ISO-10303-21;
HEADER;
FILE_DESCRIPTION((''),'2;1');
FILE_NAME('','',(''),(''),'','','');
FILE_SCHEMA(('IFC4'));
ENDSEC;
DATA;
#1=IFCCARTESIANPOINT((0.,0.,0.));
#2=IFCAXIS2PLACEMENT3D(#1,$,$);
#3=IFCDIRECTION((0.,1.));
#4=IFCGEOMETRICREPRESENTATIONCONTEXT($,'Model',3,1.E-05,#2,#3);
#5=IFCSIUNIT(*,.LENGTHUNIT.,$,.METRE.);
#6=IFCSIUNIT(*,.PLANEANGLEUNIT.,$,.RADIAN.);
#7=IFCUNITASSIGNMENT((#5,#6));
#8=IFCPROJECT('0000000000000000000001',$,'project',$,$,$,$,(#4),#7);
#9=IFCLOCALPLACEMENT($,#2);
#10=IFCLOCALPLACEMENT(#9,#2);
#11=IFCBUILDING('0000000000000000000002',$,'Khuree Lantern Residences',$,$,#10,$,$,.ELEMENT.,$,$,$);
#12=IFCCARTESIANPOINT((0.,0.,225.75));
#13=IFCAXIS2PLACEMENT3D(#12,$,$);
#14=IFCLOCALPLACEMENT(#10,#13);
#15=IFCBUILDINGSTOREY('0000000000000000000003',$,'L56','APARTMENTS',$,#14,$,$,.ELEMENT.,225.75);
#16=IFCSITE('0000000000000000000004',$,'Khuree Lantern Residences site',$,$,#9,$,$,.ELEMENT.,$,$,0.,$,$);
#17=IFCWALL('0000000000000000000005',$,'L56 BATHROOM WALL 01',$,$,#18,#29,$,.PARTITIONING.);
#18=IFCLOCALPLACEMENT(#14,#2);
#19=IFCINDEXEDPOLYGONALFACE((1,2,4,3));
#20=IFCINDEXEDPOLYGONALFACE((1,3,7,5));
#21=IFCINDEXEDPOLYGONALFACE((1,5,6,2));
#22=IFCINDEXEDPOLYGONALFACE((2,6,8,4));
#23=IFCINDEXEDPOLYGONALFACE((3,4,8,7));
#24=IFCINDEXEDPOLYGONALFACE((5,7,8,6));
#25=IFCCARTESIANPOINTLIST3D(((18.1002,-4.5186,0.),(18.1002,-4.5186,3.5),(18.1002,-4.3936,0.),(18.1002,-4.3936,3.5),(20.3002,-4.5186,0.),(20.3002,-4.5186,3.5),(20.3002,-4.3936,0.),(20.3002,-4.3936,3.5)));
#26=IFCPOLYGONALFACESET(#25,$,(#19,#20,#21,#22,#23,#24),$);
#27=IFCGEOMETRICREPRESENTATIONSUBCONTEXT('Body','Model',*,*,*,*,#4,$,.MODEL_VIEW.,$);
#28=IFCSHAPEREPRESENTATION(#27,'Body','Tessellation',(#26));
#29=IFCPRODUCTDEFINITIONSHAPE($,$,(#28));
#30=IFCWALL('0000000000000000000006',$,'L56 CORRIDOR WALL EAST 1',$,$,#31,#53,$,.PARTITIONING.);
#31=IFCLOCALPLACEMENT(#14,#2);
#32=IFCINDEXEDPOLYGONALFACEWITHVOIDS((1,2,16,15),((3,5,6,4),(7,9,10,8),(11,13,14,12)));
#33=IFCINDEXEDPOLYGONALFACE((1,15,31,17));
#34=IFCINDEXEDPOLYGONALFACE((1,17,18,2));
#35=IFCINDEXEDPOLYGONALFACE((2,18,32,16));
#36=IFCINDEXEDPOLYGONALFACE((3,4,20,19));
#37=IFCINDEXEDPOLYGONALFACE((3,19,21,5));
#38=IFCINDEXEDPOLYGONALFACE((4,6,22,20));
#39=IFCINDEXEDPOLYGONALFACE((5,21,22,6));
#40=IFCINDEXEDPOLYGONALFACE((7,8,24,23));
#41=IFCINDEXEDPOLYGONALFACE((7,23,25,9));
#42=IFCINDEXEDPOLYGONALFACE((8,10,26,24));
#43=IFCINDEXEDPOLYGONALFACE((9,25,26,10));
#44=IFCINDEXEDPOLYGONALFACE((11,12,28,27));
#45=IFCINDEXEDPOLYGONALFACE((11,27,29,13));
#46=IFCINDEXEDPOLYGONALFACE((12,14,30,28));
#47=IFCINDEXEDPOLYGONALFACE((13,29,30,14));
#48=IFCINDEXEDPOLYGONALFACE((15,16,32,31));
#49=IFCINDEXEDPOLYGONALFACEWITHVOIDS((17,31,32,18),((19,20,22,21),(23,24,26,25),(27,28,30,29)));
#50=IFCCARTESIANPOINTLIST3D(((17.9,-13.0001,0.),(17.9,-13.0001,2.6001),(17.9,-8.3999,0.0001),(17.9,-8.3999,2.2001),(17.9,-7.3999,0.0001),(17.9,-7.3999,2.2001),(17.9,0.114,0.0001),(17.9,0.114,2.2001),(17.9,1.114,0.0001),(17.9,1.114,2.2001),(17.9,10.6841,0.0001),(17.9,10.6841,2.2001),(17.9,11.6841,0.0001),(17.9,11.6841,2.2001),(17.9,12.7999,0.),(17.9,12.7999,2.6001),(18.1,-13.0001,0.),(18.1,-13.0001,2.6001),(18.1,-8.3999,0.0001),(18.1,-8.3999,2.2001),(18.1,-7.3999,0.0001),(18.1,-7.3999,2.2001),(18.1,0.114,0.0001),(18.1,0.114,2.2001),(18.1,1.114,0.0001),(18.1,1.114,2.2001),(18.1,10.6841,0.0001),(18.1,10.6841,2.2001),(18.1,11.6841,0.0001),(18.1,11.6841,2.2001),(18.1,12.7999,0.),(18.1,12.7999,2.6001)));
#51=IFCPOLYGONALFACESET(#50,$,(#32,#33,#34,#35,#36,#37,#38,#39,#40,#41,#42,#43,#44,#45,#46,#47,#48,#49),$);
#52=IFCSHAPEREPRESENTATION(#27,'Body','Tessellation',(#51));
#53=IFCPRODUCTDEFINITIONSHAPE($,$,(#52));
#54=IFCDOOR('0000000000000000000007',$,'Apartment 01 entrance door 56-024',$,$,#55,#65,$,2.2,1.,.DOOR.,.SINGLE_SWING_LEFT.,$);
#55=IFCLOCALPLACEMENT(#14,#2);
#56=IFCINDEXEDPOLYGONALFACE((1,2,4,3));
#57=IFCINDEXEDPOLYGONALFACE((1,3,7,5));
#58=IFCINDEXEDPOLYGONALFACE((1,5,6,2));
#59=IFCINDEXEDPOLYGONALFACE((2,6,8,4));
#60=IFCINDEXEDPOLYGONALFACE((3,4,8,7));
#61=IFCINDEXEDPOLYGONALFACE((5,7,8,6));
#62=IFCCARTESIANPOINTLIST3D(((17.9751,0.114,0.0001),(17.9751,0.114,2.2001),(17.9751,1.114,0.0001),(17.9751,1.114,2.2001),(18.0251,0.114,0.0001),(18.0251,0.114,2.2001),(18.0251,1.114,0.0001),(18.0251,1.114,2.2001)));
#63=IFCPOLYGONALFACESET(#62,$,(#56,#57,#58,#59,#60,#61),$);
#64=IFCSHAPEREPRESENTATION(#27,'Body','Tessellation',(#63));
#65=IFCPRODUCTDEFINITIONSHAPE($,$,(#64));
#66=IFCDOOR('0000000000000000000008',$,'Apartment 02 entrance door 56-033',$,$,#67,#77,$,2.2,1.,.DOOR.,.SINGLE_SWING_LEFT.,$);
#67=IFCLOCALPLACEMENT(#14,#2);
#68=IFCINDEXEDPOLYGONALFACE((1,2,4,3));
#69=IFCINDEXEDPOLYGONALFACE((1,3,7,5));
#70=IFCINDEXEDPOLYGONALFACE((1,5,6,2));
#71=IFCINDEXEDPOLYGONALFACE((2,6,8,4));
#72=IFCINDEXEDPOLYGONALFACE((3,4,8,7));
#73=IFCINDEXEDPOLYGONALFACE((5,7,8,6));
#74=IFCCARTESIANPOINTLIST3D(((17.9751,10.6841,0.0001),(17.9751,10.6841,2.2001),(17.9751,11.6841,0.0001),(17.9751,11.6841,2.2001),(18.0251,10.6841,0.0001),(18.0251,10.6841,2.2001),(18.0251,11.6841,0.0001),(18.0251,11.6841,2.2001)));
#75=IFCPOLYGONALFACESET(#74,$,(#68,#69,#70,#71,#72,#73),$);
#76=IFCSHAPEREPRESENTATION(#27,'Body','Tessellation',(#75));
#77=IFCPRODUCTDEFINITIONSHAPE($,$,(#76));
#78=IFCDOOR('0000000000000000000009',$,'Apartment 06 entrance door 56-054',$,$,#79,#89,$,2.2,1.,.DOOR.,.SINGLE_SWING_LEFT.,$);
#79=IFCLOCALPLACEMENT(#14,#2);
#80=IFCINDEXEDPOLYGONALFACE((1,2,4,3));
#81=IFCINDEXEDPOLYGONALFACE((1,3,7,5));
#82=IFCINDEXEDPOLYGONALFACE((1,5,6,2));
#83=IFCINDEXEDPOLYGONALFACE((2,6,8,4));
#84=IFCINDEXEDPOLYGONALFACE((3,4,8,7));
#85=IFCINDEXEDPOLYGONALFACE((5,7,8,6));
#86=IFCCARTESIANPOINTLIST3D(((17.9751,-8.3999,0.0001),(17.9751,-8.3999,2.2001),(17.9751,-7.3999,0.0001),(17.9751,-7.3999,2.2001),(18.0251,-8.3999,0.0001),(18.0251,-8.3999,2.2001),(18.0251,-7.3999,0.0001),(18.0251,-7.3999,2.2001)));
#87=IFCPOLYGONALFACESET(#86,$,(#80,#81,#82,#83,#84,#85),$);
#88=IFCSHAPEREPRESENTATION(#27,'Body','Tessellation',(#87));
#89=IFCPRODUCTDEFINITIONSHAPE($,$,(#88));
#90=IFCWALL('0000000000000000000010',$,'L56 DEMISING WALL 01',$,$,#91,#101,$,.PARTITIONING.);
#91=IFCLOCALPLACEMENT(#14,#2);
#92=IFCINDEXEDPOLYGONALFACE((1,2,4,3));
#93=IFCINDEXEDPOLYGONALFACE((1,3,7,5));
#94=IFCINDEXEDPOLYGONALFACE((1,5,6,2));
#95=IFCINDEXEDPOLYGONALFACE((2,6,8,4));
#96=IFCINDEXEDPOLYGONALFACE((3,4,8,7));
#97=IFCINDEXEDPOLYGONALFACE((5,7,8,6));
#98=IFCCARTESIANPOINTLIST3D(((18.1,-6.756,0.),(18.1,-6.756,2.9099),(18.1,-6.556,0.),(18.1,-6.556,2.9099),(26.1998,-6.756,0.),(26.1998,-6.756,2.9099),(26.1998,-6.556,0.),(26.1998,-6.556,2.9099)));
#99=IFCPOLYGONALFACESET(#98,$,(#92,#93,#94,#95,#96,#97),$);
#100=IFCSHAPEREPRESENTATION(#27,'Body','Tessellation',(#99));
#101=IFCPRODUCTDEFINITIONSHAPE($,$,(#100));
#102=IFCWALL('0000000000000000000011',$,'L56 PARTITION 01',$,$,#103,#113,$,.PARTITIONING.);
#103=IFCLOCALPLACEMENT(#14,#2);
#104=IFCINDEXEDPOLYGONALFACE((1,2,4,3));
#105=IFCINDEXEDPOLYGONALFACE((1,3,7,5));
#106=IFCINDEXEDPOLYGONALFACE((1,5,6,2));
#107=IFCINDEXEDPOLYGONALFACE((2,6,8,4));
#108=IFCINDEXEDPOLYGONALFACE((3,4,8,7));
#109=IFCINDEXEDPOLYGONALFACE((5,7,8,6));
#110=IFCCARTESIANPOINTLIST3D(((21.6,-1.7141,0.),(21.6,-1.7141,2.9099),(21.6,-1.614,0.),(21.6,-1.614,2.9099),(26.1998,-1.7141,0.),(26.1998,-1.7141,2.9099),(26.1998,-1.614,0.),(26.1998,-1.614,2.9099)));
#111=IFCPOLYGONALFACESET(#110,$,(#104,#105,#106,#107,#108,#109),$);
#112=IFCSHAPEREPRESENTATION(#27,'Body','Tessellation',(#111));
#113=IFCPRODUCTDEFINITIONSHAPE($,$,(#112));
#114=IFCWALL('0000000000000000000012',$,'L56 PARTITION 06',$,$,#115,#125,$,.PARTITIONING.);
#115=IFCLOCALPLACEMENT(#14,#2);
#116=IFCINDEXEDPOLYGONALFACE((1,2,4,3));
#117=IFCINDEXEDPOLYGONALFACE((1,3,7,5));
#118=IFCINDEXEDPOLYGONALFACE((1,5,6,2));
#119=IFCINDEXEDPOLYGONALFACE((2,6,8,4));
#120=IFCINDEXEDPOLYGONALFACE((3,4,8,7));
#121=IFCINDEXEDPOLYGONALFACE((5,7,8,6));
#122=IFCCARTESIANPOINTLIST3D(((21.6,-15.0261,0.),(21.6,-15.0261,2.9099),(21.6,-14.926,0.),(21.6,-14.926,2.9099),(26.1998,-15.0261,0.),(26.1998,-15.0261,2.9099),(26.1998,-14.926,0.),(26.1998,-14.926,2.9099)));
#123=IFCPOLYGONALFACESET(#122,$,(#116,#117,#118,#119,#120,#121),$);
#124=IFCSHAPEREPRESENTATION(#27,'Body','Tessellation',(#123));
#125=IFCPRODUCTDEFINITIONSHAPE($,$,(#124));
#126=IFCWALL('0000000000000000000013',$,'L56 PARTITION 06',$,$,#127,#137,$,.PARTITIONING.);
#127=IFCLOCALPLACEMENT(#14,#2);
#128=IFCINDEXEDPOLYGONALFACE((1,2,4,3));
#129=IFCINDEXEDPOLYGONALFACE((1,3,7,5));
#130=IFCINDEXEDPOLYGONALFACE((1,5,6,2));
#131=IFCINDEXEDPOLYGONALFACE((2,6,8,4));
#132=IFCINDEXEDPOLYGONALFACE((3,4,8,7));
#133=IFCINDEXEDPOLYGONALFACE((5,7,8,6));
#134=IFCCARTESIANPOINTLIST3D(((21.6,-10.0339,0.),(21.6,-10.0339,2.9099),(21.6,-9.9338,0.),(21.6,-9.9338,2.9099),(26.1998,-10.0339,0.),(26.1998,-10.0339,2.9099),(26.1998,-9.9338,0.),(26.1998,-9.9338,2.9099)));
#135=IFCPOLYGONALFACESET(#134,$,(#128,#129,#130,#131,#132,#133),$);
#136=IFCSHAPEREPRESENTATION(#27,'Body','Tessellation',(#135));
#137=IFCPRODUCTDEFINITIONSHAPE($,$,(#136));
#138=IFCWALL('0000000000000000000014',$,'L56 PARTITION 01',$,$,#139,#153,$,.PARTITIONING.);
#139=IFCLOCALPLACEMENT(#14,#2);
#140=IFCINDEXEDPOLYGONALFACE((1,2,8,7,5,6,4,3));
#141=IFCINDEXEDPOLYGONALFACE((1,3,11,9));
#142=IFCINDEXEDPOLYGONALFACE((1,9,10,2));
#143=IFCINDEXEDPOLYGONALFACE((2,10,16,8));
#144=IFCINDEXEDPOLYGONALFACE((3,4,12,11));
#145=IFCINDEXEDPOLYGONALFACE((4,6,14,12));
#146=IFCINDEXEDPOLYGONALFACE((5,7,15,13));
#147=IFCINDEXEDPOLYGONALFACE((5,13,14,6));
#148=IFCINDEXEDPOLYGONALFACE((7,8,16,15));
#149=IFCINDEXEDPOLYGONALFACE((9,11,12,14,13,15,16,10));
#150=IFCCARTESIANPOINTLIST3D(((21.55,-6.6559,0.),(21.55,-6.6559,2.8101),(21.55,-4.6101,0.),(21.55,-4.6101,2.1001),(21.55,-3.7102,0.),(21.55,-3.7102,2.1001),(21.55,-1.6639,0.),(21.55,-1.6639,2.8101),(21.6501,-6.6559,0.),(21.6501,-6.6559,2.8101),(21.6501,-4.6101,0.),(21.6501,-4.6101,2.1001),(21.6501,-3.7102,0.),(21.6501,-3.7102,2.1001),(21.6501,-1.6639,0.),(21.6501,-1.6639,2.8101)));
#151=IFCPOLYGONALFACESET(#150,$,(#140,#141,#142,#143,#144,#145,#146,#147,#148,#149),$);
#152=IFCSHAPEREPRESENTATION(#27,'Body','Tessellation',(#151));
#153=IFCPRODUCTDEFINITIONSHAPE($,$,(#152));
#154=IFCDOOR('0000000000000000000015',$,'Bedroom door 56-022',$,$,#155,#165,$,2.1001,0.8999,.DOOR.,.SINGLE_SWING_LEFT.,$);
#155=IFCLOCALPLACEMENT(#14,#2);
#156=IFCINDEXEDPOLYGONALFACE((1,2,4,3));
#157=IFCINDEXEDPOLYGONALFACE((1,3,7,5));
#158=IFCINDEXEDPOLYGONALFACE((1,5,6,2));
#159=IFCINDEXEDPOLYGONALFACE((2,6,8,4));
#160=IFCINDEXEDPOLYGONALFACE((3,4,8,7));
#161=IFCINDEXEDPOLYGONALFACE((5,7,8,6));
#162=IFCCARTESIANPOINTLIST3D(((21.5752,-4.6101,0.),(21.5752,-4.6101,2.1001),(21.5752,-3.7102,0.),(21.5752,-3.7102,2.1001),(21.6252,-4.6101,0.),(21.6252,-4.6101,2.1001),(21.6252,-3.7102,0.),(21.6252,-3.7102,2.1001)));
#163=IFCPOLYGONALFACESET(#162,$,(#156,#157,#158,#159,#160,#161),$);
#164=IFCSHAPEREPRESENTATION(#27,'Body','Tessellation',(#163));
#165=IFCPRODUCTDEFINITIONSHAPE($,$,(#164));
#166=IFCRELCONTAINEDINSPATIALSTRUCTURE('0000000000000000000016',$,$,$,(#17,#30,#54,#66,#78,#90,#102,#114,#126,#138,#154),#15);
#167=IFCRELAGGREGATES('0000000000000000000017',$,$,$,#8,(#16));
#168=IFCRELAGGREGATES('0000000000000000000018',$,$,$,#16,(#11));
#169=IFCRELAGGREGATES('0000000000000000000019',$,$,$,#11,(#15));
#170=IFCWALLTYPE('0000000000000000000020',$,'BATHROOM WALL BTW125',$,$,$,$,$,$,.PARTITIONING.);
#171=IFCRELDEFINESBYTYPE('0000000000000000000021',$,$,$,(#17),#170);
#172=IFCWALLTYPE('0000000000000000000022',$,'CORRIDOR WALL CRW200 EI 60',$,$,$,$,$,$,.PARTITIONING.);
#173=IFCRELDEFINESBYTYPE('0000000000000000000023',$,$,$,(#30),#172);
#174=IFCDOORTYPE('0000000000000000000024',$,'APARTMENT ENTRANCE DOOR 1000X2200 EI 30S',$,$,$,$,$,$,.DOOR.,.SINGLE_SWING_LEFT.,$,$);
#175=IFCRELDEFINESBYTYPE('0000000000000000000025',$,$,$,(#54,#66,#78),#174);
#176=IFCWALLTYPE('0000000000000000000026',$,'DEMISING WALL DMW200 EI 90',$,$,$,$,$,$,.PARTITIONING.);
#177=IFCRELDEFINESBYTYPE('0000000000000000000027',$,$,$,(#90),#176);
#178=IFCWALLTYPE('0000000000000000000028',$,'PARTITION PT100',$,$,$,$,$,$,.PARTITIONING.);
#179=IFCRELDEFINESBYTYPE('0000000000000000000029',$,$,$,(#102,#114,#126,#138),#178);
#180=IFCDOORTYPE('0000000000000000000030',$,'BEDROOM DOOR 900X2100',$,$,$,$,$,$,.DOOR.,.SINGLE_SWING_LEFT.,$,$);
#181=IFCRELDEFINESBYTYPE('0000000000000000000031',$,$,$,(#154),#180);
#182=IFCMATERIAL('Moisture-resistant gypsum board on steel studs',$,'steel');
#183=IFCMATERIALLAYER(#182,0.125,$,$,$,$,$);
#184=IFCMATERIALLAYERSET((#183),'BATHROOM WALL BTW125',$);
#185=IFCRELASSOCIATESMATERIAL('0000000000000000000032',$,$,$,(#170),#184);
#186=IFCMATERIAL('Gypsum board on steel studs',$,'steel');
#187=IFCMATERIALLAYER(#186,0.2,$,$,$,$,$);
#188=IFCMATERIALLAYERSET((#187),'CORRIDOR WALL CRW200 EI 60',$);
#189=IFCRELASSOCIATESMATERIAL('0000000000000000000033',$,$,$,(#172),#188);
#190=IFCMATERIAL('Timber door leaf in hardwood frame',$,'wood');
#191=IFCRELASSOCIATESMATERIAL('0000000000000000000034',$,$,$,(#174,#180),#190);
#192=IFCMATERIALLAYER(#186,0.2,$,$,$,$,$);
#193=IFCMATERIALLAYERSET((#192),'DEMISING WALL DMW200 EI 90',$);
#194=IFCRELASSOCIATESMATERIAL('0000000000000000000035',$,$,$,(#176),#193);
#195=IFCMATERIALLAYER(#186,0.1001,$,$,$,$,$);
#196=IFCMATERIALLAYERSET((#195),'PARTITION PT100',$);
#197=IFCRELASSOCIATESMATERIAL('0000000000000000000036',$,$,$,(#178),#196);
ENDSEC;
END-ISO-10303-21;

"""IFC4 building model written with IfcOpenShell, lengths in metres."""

from ifc_helpers import new_model, si_unit, direction, frame, frame_2d, origin, place, context, subcontext, project, spatial, rectangle, extrude, material, layer, layer_set, type_object, element, fill, save


model = new_model("IFC4")

# Units and contexts
model_context = context("Model", 3, precision=1e-05, world=origin(), true_north=direction((0.0, 1.0)))
body_context = subcontext(model_context, "Body", "Model", "MODEL_VIEW")
ifc_project = project(units=[si_unit("LENGTHUNIT", "METRE"), si_unit("PLANEANGLEUNIT", "RADIAN")], contexts=[model_context])

# Site, building, storey
site_placement = place(None, origin())
site = spatial("IfcSite", under=ifc_project, at=site_placement, Name="Khuree Lantern Residences site", CompositionType="ELEMENT", RefElevation=0.0)
building_placement = place(site_placement, origin())
building = spatial("IfcBuilding", under=site, at=building_placement, Name="Khuree Lantern Residences", CompositionType="ELEMENT")
storey_placement = place(building_placement, frame((0.0, 0.0, 225.75)))
storey = spatial("IfcBuildingStorey", under=building, at=storey_placement, Name="L56", Description="APARTMENTS", CompositionType="ELEMENT", Elevation=225.75)

# Shared definitions
ifc_material_1 = material(Name="Moisture-resistant gypsum board on steel studs", Category="steel")
ifc_layer_1 = layer(ifc_material_1, 0.125)
ifc_layer_set_1 = layer_set([ifc_layer_1], Name="BATHROOM WALL BTW125")
wall_type_1 = type_object("IfcWallType", Name="BATHROOM WALL BTW125", PredefinedType="PARTITIONING", material=ifc_layer_set_1)
ifc_material_2 = material(Name="Timber door leaf in hardwood frame", Category="wood")

# Wall
wall_1_placement = place(storey_placement, frame((18.1001, -4.4561, 0.0), z_axis=(0.0, 0.0, 1.0), x_axis=(1.0, 0.0, 0.0)))
element("IfcWall", 1, at=wall_1_placement, inside=storey, type_object=wall_type_1, Name="L56 BATHROOM WALL 01", PredefinedType="PARTITIONING", context=body_context, shape_type="SweptSolid", body=[
    extrude(rectangle(XDim=2.2, YDim=0.125, at=frame_2d((1.1001, 0.0))), origin(), (0.0, 0.0, 1.0), 3.5),
])

# Wall, openings, doors
ifc_material_3 = material(Name="Gypsum board on steel studs", Category="steel")
ifc_layer_2 = layer(ifc_material_3, 0.2)
ifc_layer_set_2 = layer_set([ifc_layer_2], Name="CORRIDOR WALL CRW200 EI 60")
wall_type_2 = type_object("IfcWallType", Name="CORRIDOR WALL CRW200 EI 60", PredefinedType="PARTITIONING", material=ifc_layer_set_2)
wall_2_placement = place(storey_placement, frame((18.0, -13.0, 0.0), z_axis=(0.0, 0.0, 1.0), x_axis=(0.0, 1.0, 0.0)))
wall_2 = element("IfcWall", 2, at=wall_2_placement, inside=storey, type_object=wall_type_2, Name="L56 CORRIDOR WALL EAST 1", PredefinedType="PARTITIONING", context=body_context, shape_type="SweptSolid", body=[
    extrude(rectangle(XDim=25.8, YDim=0.2, at=frame_2d((12.8999, 0.0))), origin(), (0.0, 0.0, 1.0), 2.6001),
])
opening_1_placement = place(wall_2_placement, frame((13.114, 0.0, 0.0)))
opening_1 = element("IfcOpeningElement", 3, at=opening_1_placement, cuts=wall_2, PredefinedType="OPENING", context=body_context, shape_type="SweptSolid", body=[
    extrude(rectangle(XDim=1.0, YDim=2.2, at=frame_2d((0.5, 1.1001))), frame((0.0, 0.1099, 0.0), z_axis=(0.0, -1.0, 0.0), x_axis=(1.0, 0.0, 0.0)), (0.0, 0.0, 1.0), 0.22),
])
opening_2_placement = place(wall_2_placement, frame((23.6841, 0.0, 0.0)))
opening_2 = element("IfcOpeningElement", 4, at=opening_2_placement, cuts=wall_2, PredefinedType="OPENING", context=body_context, shape_type="SweptSolid", body=[
    extrude(rectangle(XDim=1.0, YDim=2.2, at=frame_2d((0.5, 1.1001))), frame((0.0, 0.1099, 0.0), z_axis=(0.0, -1.0, 0.0), x_axis=(1.0, 0.0, 0.0)), (0.0, 0.0, 1.0), 0.22),
])
opening_3_placement = place(wall_2_placement, frame((4.6001, 0.0, 0.0)))
opening_3 = element("IfcOpeningElement", 5, at=opening_3_placement, cuts=wall_2, PredefinedType="OPENING", context=body_context, shape_type="SweptSolid", body=[
    extrude(rectangle(XDim=1.0, YDim=2.2, at=frame_2d((0.5, 1.1001))), frame((0.0, 0.1099, 0.0), z_axis=(0.0, -1.0, 0.0), x_axis=(1.0, 0.0, 0.0)), (0.0, 0.0, 1.0), 0.22),
])
door_type_1 = type_object("IfcDoorType", Name="APARTMENT ENTRANCE DOOR 1000X2200 EI 30S", OperationType="SINGLE_SWING_LEFT", PredefinedType="DOOR", material=ifc_material_2)
door_1_placement = place(opening_1_placement, origin())
door_1 = element("IfcDoor", 6, at=door_1_placement, inside=storey, type_object=door_type_1, Name="Apartment 01 entrance door 56-024", OperationType="SINGLE_SWING_LEFT", OverallHeight=2.2, OverallWidth=1.0, PredefinedType="DOOR", context=body_context, shape_type="SweptSolid", body=[
    extrude(rectangle(XDim=1.0, YDim=2.2, at=frame_2d((0.5, 1.1001))), frame((0.0, 0.0249, 0.0), z_axis=(0.0, -1.0, 0.0), x_axis=(1.0, 0.0, 0.0)), (0.0, 0.0, 1.0), 0.05),
])
fill(opening_1, door_1)
door_2_placement = place(opening_2_placement, origin())
door_2 = element("IfcDoor", 7, at=door_2_placement, inside=storey, type_object=door_type_1, Name="Apartment 02 entrance door 56-033", OperationType="SINGLE_SWING_LEFT", OverallHeight=2.2, OverallWidth=1.0, PredefinedType="DOOR", context=body_context, shape_type="SweptSolid", body=[
    extrude(rectangle(XDim=1.0, YDim=2.2, at=frame_2d((0.5, 1.1001))), frame((0.0, 0.0249, 0.0), z_axis=(0.0, -1.0, 0.0), x_axis=(1.0, 0.0, 0.0)), (0.0, 0.0, 1.0), 0.05),
])
fill(opening_2, door_2)
door_3_placement = place(opening_3_placement, origin())
door_3 = element("IfcDoor", 8, at=door_3_placement, inside=storey, type_object=door_type_1, Name="Apartment 06 entrance door 56-054", OperationType="SINGLE_SWING_LEFT", OverallHeight=2.2, OverallWidth=1.0, PredefinedType="DOOR", context=body_context, shape_type="SweptSolid", body=[
    extrude(rectangle(XDim=1.0, YDim=2.2, at=frame_2d((0.5, 1.1001))), frame((0.0, 0.0249, 0.0), z_axis=(0.0, -1.0, 0.0), x_axis=(1.0, 0.0, 0.0)), (0.0, 0.0, 1.0), 0.05),
])
fill(opening_3, door_3)

# Walls
ifc_layer_3 = layer(ifc_material_3, 0.2)
ifc_layer_set_3 = layer_set([ifc_layer_3], Name="DEMISING WALL DMW200 EI 90")
wall_type_3 = type_object("IfcWallType", Name="DEMISING WALL DMW200 EI 90", PredefinedType="PARTITIONING", material=ifc_layer_set_3)
wall_3_placement = place(storey_placement, frame((18.1001, -6.656, 0.0), z_axis=(0.0, 0.0, 1.0), x_axis=(1.0, 0.0, 0.0)))
element("IfcWall", 9, at=wall_3_placement, inside=storey, type_object=wall_type_3, Name="L56 DEMISING WALL 01", PredefinedType="PARTITIONING", context=body_context, shape_type="SweptSolid", body=[
    extrude(rectangle(XDim=8.0999, YDim=0.2, at=frame_2d((4.0498, 0.0))), origin(), (0.0, 0.0, 1.0), 2.9099),
])
ifc_layer_4 = layer(ifc_material_3, 0.1001)
ifc_layer_set_4 = layer_set([ifc_layer_4], Name="PARTITION PT100")
wall_type_4 = type_object("IfcWallType", Name="PARTITION PT100", PredefinedType="PARTITIONING", material=ifc_layer_set_4)
for number, where, z_axis, x_axis, name in (
    (10, (21.6001, -1.6641, 0.0), (0.0, 0.0, 1.0), (1.0, 0.0, 0.0), "L56 PARTITION 01"),
    (11, (21.6001, -14.9761, 0.0), (0.0, 0.0, 1.0), (1.0, 0.0, 0.0), "L56 PARTITION 06"),
    (12, (21.6001, -9.9839, 0.0), (0.0, 0.0, 1.0), (1.0, 0.0, 0.0), "L56 PARTITION 06"),
):
    element("IfcWall", number, at=place(storey_placement, frame(where, z_axis=z_axis, x_axis=x_axis)), inside=storey, type_object=wall_type_4, Name=name, PredefinedType="PARTITIONING", context=body_context, shape_type="SweptSolid", body=[
        extrude(rectangle(XDim=4.5999, YDim=0.1001, at=frame_2d((2.2998, 0.0))), origin(), (0.0, 0.0, 1.0), 2.9099),
    ])

# Wall, opening, door
wall_4_placement = place(storey_placement, frame((21.6001, -6.656, 0.0), z_axis=(0.0, 0.0, 1.0), x_axis=(0.0, 1.0, 0.0)))
wall_4 = element("IfcWall", 13, at=wall_4_placement, inside=storey, type_object=wall_type_4, Name="L56 PARTITION 01", PredefinedType="PARTITIONING", context=body_context, shape_type="SweptSolid", body=[
    extrude(rectangle(XDim=4.9919, YDim=0.1001, at=frame_2d((2.4961, 0.0))), origin(), (0.0, 0.0, 1.0), 2.8101),
])
opening_4_placement = place(wall_4_placement, frame((2.0459, 0.0, 0.0)))
opening_4 = element("IfcOpeningElement", 14, at=opening_4_placement, cuts=wall_4, PredefinedType="OPENING", context=body_context, shape_type="SweptSolid", body=[
    extrude(rectangle(XDim=0.8999, YDim=2.1001, at=frame_2d((0.45, 1.05))), frame((0.0, 0.0601, 0.0), z_axis=(0.0, -1.0, 0.0), x_axis=(1.0, 0.0, 0.0)), (0.0, 0.0, 1.0), 0.1201),
])
door_type_2 = type_object("IfcDoorType", Name="BEDROOM DOOR 900X2100", OperationType="SINGLE_SWING_LEFT", PredefinedType="DOOR", material=ifc_material_2)
door_4_placement = place(opening_4_placement, origin())
door_4 = element("IfcDoor", 15, at=door_4_placement, inside=storey, type_object=door_type_2, Name="Bedroom door 56-022", OperationType="SINGLE_SWING_LEFT", OverallHeight=2.1001, OverallWidth=0.8999, PredefinedType="DOOR", context=body_context, shape_type="SweptSolid", body=[
    extrude(rectangle(XDim=0.8999, YDim=2.1001, at=frame_2d((0.45, 1.05))), frame((0.0, 0.0249, 0.0), z_axis=(0.0, -1.0, 0.0), x_axis=(1.0, 0.0, 0.0)), (0.0, 0.0, 1.0), 0.05),
])
fill(opening_4, door_4)

save(model, "model.ifc")
